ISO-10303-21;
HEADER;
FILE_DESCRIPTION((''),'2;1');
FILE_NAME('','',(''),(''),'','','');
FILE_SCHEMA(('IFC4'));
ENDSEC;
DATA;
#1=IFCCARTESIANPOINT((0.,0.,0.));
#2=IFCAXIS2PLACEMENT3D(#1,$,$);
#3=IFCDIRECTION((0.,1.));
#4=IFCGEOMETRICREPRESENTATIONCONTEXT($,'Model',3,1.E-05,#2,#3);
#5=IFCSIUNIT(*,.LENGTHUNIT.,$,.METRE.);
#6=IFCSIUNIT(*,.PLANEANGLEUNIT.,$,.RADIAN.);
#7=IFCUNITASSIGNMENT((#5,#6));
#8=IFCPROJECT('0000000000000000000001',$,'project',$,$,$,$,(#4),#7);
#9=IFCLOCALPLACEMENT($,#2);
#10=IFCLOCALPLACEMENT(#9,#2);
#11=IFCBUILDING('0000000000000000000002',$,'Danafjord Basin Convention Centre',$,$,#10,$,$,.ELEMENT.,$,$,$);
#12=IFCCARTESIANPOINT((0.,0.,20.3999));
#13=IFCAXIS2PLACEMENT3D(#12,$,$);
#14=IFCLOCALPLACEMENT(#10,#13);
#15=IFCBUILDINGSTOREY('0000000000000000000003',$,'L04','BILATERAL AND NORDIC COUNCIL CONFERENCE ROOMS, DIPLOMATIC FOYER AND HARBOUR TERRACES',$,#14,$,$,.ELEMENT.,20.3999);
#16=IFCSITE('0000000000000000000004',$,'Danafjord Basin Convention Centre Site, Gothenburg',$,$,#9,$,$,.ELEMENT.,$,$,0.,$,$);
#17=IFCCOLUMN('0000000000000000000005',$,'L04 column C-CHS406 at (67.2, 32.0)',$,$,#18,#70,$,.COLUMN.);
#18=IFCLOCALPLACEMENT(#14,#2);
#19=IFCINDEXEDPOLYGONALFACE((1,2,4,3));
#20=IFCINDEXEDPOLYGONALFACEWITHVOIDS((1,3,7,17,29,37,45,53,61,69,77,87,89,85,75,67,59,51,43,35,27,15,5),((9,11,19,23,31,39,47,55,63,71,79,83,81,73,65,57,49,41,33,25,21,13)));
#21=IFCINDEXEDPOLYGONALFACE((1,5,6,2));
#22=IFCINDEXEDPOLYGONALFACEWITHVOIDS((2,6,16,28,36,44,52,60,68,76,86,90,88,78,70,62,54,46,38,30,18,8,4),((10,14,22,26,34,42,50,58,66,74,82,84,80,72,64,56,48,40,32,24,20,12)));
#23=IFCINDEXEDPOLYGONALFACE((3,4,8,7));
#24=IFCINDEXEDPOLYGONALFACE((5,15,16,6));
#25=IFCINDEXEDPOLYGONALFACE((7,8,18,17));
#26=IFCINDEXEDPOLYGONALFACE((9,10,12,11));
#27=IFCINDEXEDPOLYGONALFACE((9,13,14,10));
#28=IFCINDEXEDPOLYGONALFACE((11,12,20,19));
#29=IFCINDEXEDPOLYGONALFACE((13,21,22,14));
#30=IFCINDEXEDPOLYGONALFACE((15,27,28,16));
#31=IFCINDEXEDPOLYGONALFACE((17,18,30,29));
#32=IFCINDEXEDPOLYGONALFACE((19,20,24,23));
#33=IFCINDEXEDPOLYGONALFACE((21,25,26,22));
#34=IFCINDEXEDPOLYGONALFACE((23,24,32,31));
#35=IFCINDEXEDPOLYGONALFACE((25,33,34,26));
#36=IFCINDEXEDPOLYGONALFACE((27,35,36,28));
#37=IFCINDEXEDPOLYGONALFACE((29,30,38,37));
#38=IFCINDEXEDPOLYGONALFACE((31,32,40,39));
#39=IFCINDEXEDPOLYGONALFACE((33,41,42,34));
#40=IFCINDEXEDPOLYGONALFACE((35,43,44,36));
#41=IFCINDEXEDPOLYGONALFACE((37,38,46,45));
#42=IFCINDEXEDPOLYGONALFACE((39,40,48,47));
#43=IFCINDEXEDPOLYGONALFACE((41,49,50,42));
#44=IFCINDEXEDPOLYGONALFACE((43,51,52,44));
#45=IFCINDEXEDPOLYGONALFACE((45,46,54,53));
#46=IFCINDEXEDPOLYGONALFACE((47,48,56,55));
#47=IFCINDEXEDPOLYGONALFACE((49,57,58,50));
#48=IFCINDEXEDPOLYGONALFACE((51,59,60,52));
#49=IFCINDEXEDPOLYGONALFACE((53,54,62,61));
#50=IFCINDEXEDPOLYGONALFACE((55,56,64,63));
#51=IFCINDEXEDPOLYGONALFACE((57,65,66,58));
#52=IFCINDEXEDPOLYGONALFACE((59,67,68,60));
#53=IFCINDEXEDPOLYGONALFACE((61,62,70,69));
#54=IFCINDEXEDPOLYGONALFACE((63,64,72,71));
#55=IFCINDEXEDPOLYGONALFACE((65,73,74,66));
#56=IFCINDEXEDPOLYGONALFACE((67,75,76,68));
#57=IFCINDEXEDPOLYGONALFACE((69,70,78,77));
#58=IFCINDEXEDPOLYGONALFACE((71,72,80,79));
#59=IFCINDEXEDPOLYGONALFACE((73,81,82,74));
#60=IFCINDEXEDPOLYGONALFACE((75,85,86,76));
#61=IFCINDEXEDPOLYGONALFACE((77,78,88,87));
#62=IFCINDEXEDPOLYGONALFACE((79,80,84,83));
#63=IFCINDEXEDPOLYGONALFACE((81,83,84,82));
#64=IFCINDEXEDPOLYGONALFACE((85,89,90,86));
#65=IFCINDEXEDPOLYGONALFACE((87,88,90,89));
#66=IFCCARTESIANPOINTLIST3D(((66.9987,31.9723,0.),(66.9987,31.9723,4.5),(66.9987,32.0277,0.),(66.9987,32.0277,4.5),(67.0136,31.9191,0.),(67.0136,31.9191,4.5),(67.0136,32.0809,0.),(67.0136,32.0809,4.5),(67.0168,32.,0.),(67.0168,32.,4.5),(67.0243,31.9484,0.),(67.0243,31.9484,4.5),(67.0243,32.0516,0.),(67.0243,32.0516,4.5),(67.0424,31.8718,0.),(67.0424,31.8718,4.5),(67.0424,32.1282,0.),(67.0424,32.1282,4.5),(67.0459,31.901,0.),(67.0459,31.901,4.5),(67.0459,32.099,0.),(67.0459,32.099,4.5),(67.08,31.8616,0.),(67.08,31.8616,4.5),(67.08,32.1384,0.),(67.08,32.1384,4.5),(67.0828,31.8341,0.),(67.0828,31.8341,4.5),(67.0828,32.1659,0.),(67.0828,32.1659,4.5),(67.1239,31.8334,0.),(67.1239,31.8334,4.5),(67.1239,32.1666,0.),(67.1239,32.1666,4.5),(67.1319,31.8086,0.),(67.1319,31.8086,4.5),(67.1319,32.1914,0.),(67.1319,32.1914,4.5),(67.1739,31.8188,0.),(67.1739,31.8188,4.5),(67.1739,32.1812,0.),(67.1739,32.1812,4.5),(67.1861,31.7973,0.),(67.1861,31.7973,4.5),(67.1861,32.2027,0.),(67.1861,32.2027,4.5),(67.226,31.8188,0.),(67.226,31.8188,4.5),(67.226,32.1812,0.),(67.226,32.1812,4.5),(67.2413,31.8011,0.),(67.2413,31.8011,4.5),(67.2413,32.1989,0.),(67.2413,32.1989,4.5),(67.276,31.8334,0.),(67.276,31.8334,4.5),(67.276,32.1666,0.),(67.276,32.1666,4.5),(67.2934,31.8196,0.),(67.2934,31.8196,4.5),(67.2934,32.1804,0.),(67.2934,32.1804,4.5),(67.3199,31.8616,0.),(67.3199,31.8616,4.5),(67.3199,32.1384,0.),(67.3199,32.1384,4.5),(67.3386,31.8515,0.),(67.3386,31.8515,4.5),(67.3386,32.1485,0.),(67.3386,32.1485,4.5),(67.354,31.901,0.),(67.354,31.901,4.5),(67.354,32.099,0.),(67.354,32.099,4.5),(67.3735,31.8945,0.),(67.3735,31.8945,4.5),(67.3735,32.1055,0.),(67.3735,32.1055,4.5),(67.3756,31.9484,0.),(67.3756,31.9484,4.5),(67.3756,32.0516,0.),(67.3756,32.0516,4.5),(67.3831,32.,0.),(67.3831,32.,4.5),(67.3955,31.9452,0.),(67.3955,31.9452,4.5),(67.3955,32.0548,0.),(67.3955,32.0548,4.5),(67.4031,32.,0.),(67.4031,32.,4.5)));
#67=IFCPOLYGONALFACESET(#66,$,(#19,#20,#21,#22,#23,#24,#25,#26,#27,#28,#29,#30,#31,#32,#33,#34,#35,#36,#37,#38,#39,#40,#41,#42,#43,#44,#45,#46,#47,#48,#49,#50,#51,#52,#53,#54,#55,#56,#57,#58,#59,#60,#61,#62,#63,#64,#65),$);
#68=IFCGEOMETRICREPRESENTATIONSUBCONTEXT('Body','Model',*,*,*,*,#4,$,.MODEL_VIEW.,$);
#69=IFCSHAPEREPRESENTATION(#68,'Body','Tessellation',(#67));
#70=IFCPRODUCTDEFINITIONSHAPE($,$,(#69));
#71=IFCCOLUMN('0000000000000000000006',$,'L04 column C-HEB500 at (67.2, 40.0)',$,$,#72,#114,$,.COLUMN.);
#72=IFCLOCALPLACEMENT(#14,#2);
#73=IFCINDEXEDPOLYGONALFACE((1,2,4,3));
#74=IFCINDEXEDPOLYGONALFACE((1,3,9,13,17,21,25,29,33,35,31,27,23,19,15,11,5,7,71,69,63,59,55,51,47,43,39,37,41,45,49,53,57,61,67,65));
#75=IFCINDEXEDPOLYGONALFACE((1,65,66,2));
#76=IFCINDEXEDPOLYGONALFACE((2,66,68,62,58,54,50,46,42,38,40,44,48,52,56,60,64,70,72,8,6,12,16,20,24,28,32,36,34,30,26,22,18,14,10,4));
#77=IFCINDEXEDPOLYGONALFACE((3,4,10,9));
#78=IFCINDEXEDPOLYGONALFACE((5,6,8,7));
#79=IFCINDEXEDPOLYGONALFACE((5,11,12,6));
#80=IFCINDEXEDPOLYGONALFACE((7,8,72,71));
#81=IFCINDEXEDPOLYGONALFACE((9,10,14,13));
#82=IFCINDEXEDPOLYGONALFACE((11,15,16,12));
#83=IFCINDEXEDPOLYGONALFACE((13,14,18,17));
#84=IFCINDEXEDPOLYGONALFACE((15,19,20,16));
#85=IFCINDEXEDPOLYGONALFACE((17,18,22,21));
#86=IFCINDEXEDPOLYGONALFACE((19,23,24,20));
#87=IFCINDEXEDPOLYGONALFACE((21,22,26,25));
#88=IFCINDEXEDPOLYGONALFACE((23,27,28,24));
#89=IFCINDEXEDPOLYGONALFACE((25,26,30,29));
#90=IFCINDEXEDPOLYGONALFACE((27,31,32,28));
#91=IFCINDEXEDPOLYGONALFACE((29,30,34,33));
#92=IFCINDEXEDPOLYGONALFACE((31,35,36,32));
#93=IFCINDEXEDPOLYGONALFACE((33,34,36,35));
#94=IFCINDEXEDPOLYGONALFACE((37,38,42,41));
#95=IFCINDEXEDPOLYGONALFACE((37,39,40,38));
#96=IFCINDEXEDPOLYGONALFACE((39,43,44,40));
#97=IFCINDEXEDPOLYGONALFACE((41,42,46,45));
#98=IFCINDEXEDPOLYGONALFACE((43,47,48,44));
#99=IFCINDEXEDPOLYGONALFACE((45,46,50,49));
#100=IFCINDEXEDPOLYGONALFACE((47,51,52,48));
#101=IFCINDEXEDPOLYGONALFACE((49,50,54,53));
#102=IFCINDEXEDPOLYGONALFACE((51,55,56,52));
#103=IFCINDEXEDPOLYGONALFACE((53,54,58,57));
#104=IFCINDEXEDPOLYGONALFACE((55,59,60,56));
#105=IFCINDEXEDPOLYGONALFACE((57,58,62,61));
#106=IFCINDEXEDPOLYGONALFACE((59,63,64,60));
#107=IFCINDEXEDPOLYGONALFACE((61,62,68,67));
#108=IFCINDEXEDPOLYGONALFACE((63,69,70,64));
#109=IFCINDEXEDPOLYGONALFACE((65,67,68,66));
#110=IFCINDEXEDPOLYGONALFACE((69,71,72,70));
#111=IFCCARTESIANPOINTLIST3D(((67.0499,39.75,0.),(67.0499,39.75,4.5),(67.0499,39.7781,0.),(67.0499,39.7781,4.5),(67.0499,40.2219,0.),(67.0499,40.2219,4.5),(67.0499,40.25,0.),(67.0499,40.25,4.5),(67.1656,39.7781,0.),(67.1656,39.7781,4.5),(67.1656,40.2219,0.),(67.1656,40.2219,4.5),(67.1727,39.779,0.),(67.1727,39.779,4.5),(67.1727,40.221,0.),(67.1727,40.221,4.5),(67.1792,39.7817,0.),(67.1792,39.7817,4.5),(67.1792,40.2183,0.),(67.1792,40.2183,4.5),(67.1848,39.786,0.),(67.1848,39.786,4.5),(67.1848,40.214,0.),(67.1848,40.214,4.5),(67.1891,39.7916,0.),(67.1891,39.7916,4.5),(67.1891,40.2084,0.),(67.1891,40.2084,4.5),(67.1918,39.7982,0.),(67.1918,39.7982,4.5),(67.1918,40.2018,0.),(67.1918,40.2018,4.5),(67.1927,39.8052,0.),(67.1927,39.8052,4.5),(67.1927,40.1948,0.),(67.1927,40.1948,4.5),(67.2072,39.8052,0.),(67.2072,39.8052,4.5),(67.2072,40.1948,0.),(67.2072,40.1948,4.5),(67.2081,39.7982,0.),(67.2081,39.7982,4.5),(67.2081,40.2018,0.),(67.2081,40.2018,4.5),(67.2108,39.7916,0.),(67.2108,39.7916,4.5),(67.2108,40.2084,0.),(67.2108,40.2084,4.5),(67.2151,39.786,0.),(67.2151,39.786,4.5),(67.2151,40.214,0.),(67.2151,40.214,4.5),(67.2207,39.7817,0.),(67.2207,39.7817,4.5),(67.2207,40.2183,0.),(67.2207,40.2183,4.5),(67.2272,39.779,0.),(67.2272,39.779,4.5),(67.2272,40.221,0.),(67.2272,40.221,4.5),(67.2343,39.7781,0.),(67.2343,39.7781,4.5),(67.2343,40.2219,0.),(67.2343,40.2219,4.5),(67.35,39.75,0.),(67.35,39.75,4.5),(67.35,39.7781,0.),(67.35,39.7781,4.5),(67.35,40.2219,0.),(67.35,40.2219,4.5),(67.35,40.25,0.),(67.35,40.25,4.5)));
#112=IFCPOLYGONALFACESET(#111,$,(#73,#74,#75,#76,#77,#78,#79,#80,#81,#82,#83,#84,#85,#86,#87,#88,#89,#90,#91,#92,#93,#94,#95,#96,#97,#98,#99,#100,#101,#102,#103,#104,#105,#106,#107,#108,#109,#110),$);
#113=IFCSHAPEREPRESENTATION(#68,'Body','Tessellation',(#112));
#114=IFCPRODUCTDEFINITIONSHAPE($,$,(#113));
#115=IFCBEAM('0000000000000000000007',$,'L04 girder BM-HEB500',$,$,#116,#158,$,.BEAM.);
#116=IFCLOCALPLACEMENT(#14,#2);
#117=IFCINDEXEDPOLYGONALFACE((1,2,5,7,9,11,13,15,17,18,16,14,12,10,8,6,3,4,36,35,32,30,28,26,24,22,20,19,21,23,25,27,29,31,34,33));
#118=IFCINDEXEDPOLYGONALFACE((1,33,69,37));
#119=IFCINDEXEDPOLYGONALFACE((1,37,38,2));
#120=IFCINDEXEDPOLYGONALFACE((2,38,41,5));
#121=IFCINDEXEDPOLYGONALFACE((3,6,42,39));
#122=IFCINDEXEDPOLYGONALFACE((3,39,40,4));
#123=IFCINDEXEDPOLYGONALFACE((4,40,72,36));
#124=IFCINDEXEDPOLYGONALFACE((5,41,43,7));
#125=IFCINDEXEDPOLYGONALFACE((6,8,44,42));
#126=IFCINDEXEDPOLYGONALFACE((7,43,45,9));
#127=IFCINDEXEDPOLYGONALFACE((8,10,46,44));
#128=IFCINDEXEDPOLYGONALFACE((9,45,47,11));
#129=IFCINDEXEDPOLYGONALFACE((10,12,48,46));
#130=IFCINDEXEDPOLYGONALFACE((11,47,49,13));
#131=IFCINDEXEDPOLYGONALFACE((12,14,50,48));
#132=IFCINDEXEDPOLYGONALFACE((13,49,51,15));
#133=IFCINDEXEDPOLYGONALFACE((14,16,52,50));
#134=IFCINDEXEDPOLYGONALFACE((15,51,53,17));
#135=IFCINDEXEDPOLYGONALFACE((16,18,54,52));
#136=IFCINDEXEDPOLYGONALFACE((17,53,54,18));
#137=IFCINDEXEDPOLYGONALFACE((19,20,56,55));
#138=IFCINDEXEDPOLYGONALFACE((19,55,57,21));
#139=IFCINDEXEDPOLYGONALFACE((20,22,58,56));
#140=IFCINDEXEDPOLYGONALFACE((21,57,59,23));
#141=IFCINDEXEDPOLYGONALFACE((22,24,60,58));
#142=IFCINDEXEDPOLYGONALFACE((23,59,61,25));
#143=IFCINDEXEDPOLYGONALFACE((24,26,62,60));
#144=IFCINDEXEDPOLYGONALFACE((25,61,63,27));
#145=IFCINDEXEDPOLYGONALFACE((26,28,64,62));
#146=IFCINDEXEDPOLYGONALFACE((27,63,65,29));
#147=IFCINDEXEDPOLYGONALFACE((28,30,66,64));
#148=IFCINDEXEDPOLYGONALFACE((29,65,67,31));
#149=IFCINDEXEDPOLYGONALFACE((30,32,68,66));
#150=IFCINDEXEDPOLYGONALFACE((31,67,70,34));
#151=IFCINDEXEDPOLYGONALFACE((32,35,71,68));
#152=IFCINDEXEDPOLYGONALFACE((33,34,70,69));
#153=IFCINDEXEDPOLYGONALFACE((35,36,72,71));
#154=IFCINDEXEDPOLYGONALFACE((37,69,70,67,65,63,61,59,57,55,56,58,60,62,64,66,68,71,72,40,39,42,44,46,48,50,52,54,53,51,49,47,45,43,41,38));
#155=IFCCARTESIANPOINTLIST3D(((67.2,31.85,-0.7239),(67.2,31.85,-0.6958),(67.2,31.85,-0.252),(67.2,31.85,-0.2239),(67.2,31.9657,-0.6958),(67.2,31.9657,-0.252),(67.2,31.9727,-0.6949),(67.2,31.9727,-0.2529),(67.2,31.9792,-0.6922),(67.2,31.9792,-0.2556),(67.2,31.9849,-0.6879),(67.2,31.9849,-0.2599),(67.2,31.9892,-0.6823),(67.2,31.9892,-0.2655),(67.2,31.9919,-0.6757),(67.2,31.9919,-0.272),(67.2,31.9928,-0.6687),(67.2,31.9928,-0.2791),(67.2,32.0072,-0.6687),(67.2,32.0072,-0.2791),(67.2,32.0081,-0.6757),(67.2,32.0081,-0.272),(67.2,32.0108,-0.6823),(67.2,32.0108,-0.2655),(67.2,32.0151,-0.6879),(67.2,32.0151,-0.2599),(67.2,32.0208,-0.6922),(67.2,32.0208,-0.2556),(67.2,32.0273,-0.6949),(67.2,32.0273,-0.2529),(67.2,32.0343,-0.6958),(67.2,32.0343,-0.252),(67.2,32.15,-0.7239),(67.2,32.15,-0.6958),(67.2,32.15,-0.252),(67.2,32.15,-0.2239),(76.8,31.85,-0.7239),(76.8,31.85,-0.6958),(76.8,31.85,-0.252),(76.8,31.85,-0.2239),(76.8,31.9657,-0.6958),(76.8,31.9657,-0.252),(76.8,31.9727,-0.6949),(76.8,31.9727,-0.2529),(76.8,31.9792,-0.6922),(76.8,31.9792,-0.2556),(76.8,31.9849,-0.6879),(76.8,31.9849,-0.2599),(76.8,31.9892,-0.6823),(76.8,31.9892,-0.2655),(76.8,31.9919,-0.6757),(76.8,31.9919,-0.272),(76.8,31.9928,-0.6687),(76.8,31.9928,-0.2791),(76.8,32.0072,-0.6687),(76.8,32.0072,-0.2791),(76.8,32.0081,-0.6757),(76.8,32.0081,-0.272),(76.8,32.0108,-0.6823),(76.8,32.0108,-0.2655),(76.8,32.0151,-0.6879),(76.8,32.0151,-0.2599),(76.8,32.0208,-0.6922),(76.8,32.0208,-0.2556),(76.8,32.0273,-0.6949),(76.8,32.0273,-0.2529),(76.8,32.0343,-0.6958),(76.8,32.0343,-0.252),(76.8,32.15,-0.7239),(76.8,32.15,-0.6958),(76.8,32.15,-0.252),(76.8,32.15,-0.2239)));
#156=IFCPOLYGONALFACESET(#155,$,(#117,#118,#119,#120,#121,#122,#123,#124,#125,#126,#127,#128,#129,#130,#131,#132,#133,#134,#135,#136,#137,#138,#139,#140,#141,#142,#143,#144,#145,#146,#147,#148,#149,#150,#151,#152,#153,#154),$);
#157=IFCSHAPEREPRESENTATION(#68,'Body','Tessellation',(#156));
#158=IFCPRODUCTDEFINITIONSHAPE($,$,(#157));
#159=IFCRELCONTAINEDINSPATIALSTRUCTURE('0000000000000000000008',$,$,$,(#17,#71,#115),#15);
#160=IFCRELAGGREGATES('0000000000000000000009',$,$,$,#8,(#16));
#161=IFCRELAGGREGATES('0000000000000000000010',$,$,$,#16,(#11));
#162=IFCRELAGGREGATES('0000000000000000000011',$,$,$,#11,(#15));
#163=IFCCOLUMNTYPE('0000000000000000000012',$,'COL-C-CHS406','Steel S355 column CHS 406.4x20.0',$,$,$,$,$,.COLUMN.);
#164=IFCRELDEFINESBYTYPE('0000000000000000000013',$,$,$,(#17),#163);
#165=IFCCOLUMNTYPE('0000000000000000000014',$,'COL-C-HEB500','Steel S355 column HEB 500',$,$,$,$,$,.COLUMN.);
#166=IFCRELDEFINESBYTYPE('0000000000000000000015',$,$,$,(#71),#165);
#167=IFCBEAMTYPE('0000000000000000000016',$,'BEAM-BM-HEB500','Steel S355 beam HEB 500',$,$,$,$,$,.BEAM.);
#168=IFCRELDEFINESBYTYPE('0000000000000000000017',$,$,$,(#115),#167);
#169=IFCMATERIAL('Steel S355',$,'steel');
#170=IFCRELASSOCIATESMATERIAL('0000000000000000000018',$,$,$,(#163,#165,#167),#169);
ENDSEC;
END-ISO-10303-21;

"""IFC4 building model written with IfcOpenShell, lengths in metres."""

from ifc_helpers import new_model, si_unit, direction, frame, origin, origin_2d, place, context, subcontext, project, spatial, hollow_circle, i_section, extrude, material, material_profile, profile_set, type_object, element, save


model = new_model("IFC4")

# Units and contexts
model_context = context("Model", 3, precision=1e-05, world=origin(), true_north=direction((0.0, 1.0)))
body_context = subcontext(model_context, "Body", "Model", "MODEL_VIEW")
ifc_project = project(units=[si_unit("LENGTHUNIT", "METRE"), si_unit("PLANEANGLEUNIT", "RADIAN")], contexts=[model_context])

# Site, building, storey
site_placement = place(None, origin())
site = spatial("IfcSite", under=ifc_project, at=site_placement, Name="Danafjord Basin Convention Centre Site, Gothenburg", CompositionType="ELEMENT", RefElevation=0.0)
building_placement = place(site_placement, origin())
building = spatial("IfcBuilding", under=site, at=building_placement, Name="Danafjord Basin Convention Centre", CompositionType="ELEMENT")
storey_placement = place(building_placement, frame((0.0, 0.0, 20.3999)))
storey = spatial("IfcBuildingStorey", under=building, at=storey_placement, Name="L04", Description="BILATERAL AND NORDIC COUNCIL CONFERENCE ROOMS, DIPLOMATIC FOYER AND HARBOUR TERRACES", CompositionType="ELEMENT", Elevation=20.3999)

# Columns
ifc_material_1 = material(Name="Steel S355", Category="steel")
ifc_material_profile_1 = material_profile(ifc_material_1, hollow_circle(Radius=0.2031, WallThickness=0.02, at=origin_2d()), Name="CHS 406.4x20.0")
ifc_profile_set_1 = profile_set([ifc_material_profile_1], Name="Steel S355")
column_type_1 = type_object("IfcColumnType", Name="COL-C-CHS406", Description="Steel S355 column CHS 406.4x20.0", PredefinedType="COLUMN", material=ifc_profile_set_1)
column_1_placement = place(storey_placement, frame((67.2, 32.0, 0.0), z_axis=(0.0, 0.0, 1.0), x_axis=(1.0, 0.0, 0.0)))
element("IfcColumn", 1, at=column_1_placement, inside=storey, type_object=column_type_1, Name="L04 column C-CHS406 at (67.2, 32.0)", PredefinedType="COLUMN", context=body_context, shape_type="SweptSolid", body=[
    extrude(hollow_circle(Radius=0.2031, WallThickness=0.02, at=origin_2d()), origin(), (0.0, 0.0, 1.0), 4.5),
])
ifc_material_profile_2 = material_profile(ifc_material_1, i_section(OverallWidth=0.3, OverallDepth=0.5, WebThickness=0.0144, FlangeThickness=0.0281, FilletRadius=0.0271, at=origin_2d()), Name="HEB 500")
ifc_profile_set_2 = profile_set([ifc_material_profile_2], Name="Steel S355")
column_type_2 = type_object("IfcColumnType", Name="COL-C-HEB500", Description="Steel S355 column HEB 500", PredefinedType="COLUMN", material=ifc_profile_set_2)
column_2_placement = place(storey_placement, frame((67.2, 40.0, 0.0), z_axis=(0.0, 0.0, 1.0), x_axis=(1.0, 0.0, 0.0)))
element("IfcColumn", 2, at=column_2_placement, inside=storey, type_object=column_type_2, Name="L04 column C-HEB500 at (67.2, 40.0)", PredefinedType="COLUMN", context=body_context, shape_type="SweptSolid", body=[
    extrude(i_section(OverallWidth=0.3, OverallDepth=0.5, WebThickness=0.0144, FlangeThickness=0.0281, FilletRadius=0.0271, at=origin_2d()), origin(), (0.0, 0.0, 1.0), 4.5),
])

# Beam
ifc_material_profile_3 = material_profile(ifc_material_1, i_section(OverallWidth=0.3, OverallDepth=0.5, WebThickness=0.0144, FlangeThickness=0.0281, FilletRadius=0.0271, at=origin_2d()), Name="HEB 500")
ifc_profile_set_3 = profile_set([ifc_material_profile_3], Name="Steel S355")
beam_type_1 = type_object("IfcBeamType", Name="BEAM-BM-HEB500", Description="Steel S355 beam HEB 500", PredefinedType="BEAM", material=ifc_profile_set_3)
beam_1_placement = place(storey_placement, frame((67.2, 32.0, -0.4739), z_axis=(1.0, 0.0, 0.0), x_axis=(0.0, 1.0, 0.0)))
element("IfcBeam", 3, at=beam_1_placement, inside=storey, type_object=beam_type_1, Name="L04 girder BM-HEB500", PredefinedType="BEAM", context=body_context, shape_type="SweptSolid", body=[
    extrude(i_section(OverallWidth=0.3, OverallDepth=0.5, WebThickness=0.0144, FlangeThickness=0.0281, FilletRadius=0.0271, at=origin_2d()), origin(), (0.0, 0.0, 1.0), 9.6001),
])

save(model, "model.ifc")
